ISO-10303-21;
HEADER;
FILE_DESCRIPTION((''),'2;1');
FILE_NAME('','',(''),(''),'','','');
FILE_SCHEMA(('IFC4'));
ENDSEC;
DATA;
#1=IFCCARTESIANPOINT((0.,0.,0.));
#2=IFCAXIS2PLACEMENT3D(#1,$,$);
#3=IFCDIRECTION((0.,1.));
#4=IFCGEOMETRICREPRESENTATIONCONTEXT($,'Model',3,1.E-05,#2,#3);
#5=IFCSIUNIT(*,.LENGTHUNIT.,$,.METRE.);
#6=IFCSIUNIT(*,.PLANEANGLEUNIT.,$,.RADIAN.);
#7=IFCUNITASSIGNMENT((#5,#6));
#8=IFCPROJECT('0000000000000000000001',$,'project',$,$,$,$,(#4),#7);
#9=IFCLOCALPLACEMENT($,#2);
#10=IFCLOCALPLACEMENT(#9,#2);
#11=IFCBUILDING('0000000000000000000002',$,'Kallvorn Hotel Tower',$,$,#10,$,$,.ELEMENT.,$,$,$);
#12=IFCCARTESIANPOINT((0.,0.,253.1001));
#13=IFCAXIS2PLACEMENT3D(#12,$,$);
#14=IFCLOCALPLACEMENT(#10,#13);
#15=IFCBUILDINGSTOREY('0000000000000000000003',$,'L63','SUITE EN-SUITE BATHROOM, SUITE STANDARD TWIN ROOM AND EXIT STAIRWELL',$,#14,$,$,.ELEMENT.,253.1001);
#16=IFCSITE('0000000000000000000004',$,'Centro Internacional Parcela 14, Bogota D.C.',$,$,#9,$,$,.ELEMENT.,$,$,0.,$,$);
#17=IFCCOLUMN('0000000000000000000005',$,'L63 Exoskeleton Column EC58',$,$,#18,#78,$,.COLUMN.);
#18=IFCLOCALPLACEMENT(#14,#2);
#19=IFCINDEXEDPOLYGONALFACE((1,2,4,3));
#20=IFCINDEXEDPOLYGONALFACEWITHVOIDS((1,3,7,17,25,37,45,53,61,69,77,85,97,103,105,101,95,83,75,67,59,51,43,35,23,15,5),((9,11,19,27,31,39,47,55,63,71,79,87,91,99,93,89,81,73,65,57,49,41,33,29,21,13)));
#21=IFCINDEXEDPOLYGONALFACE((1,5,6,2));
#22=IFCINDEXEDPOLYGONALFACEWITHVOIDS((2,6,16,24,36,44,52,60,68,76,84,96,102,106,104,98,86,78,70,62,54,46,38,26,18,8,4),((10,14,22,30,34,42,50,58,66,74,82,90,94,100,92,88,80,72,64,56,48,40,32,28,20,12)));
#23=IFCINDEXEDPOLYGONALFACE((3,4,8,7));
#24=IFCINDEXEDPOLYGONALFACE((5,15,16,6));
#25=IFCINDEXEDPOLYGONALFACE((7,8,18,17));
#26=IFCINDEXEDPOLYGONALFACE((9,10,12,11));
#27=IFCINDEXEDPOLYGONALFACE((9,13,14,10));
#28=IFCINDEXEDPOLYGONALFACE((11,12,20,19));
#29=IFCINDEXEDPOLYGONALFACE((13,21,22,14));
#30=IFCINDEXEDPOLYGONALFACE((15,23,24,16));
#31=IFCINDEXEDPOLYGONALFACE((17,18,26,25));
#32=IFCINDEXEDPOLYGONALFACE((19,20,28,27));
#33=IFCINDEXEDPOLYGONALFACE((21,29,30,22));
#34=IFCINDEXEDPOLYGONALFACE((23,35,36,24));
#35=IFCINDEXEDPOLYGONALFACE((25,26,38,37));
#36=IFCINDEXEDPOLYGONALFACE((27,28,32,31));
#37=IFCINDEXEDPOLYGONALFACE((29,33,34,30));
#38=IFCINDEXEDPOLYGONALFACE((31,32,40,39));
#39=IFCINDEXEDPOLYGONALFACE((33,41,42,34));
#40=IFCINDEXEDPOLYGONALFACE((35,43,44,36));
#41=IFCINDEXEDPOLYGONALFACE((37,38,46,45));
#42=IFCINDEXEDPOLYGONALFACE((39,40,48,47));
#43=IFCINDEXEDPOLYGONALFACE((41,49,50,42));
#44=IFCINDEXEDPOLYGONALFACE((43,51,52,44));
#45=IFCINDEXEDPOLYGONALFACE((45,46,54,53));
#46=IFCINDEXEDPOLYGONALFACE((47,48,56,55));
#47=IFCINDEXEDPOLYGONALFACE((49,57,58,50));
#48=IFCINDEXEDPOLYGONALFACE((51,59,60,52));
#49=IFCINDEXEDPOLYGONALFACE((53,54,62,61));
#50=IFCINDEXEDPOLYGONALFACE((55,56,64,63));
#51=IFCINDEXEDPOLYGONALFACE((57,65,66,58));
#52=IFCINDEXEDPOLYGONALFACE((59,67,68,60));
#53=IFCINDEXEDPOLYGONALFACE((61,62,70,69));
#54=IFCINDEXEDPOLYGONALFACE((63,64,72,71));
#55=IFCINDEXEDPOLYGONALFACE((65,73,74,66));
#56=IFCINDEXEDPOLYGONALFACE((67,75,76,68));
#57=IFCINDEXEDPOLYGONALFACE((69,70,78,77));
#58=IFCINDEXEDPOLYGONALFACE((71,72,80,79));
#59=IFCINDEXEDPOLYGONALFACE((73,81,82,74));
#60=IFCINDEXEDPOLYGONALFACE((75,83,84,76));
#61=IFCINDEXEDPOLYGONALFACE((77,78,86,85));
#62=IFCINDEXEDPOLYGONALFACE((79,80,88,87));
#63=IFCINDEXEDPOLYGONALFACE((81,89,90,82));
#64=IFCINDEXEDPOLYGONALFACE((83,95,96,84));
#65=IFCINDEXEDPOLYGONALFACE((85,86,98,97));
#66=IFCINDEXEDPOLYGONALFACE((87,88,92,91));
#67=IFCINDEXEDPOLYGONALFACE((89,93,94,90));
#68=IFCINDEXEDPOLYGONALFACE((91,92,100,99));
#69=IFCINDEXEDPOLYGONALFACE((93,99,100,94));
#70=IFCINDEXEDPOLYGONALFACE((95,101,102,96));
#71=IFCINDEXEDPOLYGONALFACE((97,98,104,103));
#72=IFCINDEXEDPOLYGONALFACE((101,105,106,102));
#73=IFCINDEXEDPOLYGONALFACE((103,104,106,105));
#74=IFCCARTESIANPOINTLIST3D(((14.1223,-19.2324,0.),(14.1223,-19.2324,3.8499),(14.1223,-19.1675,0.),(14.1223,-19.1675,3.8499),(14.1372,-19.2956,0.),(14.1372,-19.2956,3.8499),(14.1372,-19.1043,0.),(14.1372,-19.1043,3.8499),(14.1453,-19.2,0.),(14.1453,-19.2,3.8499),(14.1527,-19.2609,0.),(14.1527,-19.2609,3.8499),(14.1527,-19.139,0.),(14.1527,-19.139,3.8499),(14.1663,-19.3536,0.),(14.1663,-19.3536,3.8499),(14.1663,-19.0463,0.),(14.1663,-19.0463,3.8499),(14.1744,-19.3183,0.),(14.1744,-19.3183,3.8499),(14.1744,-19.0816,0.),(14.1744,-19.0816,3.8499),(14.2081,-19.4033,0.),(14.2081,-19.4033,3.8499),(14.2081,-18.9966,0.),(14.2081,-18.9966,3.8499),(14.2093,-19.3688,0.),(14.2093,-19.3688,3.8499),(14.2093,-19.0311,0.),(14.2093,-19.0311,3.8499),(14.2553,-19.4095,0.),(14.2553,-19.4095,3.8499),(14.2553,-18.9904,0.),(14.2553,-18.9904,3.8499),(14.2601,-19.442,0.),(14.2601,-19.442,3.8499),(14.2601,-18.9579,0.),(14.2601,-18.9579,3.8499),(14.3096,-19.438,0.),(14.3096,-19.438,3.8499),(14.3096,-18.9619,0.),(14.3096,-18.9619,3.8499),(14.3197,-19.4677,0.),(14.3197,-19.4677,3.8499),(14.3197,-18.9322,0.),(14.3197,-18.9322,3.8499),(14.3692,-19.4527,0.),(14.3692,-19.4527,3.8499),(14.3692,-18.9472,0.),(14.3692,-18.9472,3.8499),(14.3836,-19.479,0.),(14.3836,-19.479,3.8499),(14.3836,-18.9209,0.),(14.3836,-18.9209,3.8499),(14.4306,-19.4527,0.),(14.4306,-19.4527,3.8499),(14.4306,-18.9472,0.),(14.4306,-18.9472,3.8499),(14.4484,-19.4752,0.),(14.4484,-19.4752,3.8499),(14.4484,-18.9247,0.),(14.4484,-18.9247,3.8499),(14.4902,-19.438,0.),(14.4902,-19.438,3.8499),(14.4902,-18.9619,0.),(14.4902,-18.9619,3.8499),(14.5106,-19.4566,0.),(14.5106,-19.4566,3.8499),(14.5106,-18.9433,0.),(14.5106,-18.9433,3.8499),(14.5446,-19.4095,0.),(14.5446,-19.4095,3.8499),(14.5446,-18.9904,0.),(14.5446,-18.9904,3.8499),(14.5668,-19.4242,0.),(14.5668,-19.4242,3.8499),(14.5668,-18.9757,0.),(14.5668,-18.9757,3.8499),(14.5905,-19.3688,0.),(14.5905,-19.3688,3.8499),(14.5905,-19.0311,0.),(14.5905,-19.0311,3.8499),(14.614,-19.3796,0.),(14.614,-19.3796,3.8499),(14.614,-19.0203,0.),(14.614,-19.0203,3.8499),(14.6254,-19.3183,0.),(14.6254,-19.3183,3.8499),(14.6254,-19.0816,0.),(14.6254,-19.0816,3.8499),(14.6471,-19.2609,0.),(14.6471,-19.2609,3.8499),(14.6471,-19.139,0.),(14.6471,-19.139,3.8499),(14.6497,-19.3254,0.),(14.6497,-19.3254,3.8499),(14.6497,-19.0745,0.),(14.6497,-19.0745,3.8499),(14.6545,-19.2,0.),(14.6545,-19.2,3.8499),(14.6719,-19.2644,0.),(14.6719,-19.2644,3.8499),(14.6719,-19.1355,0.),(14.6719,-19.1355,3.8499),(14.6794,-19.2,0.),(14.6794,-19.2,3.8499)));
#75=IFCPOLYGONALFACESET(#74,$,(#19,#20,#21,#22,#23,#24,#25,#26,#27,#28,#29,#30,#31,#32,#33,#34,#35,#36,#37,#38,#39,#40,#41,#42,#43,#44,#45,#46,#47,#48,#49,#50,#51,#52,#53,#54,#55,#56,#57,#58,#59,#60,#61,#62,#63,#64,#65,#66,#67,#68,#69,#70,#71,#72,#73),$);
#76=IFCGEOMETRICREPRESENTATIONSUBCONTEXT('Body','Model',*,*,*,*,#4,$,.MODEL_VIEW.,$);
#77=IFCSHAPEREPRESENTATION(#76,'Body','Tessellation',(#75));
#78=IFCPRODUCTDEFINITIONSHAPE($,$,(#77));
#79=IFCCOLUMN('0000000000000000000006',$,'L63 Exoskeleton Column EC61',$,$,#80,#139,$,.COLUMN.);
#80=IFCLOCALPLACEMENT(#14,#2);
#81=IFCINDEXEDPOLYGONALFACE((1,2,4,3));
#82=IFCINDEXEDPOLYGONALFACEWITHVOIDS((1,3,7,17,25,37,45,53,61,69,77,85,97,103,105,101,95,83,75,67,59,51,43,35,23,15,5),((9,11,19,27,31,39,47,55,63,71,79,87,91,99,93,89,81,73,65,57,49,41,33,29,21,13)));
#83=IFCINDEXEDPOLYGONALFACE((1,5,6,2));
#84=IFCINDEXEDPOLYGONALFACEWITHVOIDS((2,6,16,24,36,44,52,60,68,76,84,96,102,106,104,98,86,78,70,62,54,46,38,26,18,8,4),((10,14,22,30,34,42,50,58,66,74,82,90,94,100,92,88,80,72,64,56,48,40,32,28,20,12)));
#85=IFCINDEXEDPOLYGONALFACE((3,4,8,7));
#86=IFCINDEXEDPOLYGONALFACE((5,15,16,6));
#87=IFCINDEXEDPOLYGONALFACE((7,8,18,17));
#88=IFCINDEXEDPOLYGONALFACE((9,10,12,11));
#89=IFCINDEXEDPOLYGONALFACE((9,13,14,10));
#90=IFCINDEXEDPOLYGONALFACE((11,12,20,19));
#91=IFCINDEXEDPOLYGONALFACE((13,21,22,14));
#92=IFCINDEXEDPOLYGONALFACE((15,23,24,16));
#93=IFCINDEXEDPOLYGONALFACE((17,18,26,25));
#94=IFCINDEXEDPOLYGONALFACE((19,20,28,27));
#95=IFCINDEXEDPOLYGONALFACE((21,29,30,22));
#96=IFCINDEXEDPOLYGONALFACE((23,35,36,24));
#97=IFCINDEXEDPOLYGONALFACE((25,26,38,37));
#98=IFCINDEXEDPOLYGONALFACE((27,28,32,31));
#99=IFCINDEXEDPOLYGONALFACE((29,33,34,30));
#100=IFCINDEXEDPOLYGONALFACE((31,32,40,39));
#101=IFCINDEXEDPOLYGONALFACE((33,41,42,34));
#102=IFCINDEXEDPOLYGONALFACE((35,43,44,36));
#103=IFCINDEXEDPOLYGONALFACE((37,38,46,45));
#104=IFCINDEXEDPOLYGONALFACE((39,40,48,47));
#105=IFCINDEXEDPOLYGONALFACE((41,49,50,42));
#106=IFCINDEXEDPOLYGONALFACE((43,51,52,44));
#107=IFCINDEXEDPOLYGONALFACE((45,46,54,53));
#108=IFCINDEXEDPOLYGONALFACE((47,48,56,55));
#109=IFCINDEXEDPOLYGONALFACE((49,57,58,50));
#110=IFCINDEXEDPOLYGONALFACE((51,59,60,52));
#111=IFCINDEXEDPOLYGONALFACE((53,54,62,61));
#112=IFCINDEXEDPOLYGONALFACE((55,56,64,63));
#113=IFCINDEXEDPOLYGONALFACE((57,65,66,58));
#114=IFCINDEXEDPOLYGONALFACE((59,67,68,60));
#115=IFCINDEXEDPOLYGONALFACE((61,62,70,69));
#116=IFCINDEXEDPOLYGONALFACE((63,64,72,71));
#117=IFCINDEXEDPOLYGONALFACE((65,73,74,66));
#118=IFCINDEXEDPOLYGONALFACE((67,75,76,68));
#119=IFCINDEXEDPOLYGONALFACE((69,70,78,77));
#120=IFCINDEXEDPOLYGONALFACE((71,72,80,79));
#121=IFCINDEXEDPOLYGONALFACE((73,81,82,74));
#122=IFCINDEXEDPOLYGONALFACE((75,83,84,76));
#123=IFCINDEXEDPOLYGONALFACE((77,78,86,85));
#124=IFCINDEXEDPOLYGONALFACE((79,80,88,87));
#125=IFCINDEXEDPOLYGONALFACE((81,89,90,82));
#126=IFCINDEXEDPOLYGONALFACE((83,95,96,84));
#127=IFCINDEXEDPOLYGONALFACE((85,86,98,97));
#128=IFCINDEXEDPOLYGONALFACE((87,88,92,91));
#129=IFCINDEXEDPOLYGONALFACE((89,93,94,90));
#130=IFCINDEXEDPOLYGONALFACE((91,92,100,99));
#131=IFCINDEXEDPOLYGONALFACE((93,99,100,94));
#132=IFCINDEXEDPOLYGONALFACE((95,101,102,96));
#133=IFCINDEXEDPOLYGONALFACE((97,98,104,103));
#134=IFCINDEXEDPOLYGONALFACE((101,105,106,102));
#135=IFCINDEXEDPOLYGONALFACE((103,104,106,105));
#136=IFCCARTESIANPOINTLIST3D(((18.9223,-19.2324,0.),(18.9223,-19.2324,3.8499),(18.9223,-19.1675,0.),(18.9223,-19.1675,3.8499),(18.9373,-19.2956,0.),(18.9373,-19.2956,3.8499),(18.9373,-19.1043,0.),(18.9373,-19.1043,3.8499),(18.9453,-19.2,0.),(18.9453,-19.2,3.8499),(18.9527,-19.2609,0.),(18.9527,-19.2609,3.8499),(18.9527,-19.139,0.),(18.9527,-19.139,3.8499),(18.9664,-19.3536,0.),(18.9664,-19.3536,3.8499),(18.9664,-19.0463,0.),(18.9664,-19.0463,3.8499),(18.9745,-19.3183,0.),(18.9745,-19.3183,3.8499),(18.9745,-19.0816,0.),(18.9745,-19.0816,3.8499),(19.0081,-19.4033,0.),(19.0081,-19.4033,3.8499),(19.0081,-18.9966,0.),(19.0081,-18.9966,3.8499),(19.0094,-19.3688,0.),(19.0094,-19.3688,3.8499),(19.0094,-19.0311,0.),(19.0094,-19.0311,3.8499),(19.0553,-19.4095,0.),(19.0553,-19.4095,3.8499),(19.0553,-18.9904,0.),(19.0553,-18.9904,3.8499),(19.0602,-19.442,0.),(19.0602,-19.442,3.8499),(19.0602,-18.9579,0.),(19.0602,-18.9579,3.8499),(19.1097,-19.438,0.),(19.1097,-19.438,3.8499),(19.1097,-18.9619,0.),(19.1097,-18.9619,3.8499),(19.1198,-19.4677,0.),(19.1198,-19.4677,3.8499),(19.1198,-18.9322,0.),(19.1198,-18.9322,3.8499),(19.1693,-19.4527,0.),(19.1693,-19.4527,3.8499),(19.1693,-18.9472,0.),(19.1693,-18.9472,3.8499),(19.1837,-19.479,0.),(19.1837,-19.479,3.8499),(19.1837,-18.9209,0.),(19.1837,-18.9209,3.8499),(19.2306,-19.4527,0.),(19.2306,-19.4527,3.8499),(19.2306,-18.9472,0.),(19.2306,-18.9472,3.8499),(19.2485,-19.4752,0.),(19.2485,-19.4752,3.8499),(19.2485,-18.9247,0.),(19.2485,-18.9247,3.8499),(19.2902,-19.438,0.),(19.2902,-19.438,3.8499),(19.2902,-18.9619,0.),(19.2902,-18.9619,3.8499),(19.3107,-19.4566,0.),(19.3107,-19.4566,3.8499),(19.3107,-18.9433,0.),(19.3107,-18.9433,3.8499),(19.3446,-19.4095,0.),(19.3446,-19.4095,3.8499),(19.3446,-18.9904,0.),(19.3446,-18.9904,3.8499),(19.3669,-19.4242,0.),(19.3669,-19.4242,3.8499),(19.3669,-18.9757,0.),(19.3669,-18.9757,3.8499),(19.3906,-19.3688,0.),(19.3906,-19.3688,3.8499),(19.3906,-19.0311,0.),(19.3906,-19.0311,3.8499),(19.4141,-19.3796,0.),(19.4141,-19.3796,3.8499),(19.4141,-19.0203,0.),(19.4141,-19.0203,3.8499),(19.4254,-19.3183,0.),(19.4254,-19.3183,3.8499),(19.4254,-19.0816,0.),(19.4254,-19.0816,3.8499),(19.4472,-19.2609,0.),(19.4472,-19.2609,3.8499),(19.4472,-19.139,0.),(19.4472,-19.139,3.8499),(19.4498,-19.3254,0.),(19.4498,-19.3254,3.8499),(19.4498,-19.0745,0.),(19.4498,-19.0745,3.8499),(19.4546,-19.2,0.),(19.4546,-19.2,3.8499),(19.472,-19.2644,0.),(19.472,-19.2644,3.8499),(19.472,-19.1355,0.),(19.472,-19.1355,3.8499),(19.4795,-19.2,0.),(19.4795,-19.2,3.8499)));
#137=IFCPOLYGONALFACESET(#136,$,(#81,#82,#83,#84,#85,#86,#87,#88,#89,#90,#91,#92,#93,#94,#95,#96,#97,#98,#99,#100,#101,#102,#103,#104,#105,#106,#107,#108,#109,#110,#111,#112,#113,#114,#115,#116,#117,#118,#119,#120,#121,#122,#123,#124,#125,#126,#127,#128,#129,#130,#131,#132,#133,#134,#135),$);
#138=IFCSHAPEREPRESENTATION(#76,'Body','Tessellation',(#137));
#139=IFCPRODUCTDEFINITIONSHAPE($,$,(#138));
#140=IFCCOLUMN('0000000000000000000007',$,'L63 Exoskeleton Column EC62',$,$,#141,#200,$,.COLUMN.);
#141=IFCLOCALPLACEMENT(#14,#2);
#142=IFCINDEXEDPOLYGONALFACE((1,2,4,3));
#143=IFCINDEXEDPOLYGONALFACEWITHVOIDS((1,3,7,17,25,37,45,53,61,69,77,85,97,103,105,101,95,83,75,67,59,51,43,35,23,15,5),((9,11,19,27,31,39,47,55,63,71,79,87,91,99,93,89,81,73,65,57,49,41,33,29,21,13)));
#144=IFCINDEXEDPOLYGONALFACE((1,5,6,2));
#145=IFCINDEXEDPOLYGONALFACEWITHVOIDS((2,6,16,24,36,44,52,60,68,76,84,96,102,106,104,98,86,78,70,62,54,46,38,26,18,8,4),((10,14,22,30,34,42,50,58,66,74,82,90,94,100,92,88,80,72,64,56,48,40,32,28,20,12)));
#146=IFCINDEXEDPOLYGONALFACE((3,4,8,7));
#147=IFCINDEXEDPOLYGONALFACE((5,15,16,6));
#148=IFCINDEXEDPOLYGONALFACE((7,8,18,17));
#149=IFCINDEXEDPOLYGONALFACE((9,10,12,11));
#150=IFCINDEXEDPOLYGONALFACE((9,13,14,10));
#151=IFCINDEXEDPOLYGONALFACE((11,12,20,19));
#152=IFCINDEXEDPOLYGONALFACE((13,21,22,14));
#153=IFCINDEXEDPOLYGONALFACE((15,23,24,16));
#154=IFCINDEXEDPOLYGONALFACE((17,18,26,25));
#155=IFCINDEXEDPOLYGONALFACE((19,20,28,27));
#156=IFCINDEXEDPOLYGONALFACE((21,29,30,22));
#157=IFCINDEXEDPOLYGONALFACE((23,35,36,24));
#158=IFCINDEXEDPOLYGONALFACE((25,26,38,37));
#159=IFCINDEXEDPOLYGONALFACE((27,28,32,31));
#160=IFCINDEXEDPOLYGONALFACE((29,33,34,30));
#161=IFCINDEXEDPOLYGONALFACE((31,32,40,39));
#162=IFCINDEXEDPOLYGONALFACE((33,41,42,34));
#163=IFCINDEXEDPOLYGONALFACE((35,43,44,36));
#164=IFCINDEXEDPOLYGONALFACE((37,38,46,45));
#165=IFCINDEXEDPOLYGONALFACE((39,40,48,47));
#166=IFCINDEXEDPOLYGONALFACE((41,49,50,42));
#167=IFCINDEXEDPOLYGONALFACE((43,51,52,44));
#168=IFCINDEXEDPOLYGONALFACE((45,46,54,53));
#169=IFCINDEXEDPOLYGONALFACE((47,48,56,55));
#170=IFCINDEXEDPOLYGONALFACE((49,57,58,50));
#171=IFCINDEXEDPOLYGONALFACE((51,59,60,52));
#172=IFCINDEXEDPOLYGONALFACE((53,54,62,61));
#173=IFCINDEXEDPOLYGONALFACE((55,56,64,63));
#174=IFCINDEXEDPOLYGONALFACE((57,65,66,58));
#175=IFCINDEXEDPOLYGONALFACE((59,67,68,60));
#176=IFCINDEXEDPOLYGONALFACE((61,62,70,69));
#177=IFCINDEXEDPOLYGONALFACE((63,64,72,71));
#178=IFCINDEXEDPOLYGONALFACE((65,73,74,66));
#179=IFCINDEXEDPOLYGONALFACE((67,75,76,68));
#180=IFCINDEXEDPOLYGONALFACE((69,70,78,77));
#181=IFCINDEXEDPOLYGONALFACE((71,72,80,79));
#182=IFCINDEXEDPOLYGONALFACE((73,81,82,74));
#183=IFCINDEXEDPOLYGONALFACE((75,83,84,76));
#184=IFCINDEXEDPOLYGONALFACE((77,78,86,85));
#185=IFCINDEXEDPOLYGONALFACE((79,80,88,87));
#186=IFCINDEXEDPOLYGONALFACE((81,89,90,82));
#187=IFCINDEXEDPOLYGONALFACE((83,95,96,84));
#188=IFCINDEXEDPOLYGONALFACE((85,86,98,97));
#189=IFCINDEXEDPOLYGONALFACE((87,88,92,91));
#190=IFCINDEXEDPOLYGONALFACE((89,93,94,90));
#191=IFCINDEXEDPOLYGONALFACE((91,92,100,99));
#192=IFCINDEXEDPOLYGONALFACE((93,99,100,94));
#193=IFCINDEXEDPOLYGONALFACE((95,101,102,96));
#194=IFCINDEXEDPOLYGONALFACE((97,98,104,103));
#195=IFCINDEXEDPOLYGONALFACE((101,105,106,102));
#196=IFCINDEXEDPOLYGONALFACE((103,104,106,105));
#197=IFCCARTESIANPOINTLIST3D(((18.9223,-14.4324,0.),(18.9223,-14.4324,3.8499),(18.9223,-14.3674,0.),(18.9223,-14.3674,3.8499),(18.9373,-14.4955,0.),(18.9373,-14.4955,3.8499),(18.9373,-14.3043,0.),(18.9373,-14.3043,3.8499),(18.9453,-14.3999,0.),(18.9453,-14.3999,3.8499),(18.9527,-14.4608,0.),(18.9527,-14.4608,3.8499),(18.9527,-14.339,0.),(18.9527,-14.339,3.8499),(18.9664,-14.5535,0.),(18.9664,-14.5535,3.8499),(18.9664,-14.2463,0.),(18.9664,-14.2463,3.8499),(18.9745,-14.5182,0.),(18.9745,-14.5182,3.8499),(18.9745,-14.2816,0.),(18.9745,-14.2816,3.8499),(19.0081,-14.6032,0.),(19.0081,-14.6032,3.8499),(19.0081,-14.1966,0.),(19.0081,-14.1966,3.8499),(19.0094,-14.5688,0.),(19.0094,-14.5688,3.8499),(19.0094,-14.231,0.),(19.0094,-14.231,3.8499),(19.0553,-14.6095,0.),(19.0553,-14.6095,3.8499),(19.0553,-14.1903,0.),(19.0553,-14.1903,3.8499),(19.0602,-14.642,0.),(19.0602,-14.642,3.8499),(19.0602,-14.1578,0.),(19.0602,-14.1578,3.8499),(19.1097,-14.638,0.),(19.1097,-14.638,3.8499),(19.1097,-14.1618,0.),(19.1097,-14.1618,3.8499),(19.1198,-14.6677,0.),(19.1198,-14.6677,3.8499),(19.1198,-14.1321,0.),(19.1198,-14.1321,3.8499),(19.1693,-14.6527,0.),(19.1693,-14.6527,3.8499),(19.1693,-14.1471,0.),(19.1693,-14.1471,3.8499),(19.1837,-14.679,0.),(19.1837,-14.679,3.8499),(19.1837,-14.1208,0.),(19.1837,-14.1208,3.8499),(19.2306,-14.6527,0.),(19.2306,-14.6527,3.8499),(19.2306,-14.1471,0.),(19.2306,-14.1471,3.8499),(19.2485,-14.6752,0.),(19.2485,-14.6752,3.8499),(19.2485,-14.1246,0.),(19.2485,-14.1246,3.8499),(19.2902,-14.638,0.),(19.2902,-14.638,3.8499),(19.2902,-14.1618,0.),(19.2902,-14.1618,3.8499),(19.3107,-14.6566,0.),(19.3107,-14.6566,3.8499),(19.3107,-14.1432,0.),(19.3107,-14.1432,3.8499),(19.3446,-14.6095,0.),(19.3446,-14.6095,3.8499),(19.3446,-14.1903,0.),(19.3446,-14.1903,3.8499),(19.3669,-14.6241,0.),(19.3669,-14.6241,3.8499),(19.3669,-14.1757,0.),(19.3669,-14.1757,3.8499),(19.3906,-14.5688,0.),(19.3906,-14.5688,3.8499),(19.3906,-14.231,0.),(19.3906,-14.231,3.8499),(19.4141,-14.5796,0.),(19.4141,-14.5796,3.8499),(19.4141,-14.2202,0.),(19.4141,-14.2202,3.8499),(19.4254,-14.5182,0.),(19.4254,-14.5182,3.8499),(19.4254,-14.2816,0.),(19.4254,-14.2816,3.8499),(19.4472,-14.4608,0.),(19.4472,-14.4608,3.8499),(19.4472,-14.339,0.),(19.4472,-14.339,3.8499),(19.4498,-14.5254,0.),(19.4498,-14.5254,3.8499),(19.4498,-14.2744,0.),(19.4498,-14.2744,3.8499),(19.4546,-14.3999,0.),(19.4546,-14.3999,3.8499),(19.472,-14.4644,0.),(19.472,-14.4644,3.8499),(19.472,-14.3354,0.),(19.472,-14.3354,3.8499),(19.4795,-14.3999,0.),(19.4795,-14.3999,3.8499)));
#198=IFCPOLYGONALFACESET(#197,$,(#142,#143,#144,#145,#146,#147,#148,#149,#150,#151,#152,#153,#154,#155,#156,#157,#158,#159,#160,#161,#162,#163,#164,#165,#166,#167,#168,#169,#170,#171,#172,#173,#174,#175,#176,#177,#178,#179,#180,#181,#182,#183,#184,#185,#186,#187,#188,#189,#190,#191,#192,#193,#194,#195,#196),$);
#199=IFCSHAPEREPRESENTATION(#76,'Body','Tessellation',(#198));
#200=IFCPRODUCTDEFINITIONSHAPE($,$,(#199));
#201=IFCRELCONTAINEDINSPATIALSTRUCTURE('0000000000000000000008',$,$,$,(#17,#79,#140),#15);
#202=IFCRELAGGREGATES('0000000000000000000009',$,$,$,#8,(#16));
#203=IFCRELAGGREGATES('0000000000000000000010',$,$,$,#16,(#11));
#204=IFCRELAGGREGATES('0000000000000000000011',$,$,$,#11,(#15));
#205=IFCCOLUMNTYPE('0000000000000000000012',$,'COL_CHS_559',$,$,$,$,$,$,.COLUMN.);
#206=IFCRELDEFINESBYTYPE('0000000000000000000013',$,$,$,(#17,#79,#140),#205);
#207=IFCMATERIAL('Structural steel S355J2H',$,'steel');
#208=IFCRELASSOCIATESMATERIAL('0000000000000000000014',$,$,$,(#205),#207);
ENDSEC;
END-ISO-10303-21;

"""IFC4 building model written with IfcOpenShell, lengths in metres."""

from ifc_helpers import new_model, si_unit, direction, frame, origin, origin_2d, place, context, subcontext, project, spatial, hollow_circle, extrude, material, material_profile, profile_set, type_object, element, save


model = new_model("IFC4")

# Units and contexts
model_context = context("Model", 3, precision=1e-05, world=origin(), true_north=direction((0.0, 1.0)))
body_context = subcontext(model_context, "Body", "Model", "MODEL_VIEW")
ifc_project = project(units=[si_unit("LENGTHUNIT", "METRE"), si_unit("PLANEANGLEUNIT", "RADIAN")], contexts=[model_context])

# Site, building, storey
site_placement = place(None, origin())
site = spatial("IfcSite", under=ifc_project, at=site_placement, Name="Centro Internacional Parcela 14, Bogota D.C.", CompositionType="ELEMENT", RefElevation=0.0)
building_placement = place(site_placement, origin())
building = spatial("IfcBuilding", under=site, at=building_placement, Name="Kallvorn Hotel Tower", CompositionType="ELEMENT")
storey_placement = place(building_placement, frame((0.0, 0.0, 253.1001)))
storey = spatial("IfcBuildingStorey", under=building, at=storey_placement, Name="L63", Description="SUITE EN-SUITE BATHROOM, SUITE STANDARD TWIN ROOM AND EXIT STAIRWELL", CompositionType="ELEMENT", Elevation=253.1001)

# Columns
ifc_material_1 = material(Name="Structural steel S355J2H", Category="steel")
ifc_material_profile_1 = material_profile(ifc_material_1, hollow_circle(Radius=0.2795, WallThickness=0.0249, at=origin_2d()), Name="CHS 559x25")
ifc_profile_set_1 = profile_set([ifc_material_profile_1], Name="Structural steel S355J2H")
column_type_1 = type_object("IfcColumnType", Name="COL_CHS_559", PredefinedType="COLUMN", material=ifc_profile_set_1)
for number, where, z_axis, x_axis, name in (
    (1, (14.3999, -19.2, 0.0), (0.0, 0.0, 1.0), (1.0, 0.0, 0.0), "L63 Exoskeleton Column EC58"),
    (2, (19.2, -19.2, 0.0), (0.0, 0.0, 1.0), (1.0, 0.0, 0.0), "L63 Exoskeleton Column EC61"),
    (3, (19.2, -14.3999, 0.0), (0.0, 0.0, 1.0), (1.0, 0.0, 0.0), "L63 Exoskeleton Column EC62"),
):
    element("IfcColumn", number, at=place(storey_placement, frame(where, z_axis=z_axis, x_axis=x_axis)), inside=storey, type_object=column_type_1, Name=name, PredefinedType="COLUMN", context=body_context, shape_type="SweptSolid", body=[
        extrude(hollow_circle(Radius=0.2795, WallThickness=0.0249, at=origin_2d()), origin(), (0.0, 0.0, 1.0), 3.8499),
    ])

save(model, "model.ifc")
